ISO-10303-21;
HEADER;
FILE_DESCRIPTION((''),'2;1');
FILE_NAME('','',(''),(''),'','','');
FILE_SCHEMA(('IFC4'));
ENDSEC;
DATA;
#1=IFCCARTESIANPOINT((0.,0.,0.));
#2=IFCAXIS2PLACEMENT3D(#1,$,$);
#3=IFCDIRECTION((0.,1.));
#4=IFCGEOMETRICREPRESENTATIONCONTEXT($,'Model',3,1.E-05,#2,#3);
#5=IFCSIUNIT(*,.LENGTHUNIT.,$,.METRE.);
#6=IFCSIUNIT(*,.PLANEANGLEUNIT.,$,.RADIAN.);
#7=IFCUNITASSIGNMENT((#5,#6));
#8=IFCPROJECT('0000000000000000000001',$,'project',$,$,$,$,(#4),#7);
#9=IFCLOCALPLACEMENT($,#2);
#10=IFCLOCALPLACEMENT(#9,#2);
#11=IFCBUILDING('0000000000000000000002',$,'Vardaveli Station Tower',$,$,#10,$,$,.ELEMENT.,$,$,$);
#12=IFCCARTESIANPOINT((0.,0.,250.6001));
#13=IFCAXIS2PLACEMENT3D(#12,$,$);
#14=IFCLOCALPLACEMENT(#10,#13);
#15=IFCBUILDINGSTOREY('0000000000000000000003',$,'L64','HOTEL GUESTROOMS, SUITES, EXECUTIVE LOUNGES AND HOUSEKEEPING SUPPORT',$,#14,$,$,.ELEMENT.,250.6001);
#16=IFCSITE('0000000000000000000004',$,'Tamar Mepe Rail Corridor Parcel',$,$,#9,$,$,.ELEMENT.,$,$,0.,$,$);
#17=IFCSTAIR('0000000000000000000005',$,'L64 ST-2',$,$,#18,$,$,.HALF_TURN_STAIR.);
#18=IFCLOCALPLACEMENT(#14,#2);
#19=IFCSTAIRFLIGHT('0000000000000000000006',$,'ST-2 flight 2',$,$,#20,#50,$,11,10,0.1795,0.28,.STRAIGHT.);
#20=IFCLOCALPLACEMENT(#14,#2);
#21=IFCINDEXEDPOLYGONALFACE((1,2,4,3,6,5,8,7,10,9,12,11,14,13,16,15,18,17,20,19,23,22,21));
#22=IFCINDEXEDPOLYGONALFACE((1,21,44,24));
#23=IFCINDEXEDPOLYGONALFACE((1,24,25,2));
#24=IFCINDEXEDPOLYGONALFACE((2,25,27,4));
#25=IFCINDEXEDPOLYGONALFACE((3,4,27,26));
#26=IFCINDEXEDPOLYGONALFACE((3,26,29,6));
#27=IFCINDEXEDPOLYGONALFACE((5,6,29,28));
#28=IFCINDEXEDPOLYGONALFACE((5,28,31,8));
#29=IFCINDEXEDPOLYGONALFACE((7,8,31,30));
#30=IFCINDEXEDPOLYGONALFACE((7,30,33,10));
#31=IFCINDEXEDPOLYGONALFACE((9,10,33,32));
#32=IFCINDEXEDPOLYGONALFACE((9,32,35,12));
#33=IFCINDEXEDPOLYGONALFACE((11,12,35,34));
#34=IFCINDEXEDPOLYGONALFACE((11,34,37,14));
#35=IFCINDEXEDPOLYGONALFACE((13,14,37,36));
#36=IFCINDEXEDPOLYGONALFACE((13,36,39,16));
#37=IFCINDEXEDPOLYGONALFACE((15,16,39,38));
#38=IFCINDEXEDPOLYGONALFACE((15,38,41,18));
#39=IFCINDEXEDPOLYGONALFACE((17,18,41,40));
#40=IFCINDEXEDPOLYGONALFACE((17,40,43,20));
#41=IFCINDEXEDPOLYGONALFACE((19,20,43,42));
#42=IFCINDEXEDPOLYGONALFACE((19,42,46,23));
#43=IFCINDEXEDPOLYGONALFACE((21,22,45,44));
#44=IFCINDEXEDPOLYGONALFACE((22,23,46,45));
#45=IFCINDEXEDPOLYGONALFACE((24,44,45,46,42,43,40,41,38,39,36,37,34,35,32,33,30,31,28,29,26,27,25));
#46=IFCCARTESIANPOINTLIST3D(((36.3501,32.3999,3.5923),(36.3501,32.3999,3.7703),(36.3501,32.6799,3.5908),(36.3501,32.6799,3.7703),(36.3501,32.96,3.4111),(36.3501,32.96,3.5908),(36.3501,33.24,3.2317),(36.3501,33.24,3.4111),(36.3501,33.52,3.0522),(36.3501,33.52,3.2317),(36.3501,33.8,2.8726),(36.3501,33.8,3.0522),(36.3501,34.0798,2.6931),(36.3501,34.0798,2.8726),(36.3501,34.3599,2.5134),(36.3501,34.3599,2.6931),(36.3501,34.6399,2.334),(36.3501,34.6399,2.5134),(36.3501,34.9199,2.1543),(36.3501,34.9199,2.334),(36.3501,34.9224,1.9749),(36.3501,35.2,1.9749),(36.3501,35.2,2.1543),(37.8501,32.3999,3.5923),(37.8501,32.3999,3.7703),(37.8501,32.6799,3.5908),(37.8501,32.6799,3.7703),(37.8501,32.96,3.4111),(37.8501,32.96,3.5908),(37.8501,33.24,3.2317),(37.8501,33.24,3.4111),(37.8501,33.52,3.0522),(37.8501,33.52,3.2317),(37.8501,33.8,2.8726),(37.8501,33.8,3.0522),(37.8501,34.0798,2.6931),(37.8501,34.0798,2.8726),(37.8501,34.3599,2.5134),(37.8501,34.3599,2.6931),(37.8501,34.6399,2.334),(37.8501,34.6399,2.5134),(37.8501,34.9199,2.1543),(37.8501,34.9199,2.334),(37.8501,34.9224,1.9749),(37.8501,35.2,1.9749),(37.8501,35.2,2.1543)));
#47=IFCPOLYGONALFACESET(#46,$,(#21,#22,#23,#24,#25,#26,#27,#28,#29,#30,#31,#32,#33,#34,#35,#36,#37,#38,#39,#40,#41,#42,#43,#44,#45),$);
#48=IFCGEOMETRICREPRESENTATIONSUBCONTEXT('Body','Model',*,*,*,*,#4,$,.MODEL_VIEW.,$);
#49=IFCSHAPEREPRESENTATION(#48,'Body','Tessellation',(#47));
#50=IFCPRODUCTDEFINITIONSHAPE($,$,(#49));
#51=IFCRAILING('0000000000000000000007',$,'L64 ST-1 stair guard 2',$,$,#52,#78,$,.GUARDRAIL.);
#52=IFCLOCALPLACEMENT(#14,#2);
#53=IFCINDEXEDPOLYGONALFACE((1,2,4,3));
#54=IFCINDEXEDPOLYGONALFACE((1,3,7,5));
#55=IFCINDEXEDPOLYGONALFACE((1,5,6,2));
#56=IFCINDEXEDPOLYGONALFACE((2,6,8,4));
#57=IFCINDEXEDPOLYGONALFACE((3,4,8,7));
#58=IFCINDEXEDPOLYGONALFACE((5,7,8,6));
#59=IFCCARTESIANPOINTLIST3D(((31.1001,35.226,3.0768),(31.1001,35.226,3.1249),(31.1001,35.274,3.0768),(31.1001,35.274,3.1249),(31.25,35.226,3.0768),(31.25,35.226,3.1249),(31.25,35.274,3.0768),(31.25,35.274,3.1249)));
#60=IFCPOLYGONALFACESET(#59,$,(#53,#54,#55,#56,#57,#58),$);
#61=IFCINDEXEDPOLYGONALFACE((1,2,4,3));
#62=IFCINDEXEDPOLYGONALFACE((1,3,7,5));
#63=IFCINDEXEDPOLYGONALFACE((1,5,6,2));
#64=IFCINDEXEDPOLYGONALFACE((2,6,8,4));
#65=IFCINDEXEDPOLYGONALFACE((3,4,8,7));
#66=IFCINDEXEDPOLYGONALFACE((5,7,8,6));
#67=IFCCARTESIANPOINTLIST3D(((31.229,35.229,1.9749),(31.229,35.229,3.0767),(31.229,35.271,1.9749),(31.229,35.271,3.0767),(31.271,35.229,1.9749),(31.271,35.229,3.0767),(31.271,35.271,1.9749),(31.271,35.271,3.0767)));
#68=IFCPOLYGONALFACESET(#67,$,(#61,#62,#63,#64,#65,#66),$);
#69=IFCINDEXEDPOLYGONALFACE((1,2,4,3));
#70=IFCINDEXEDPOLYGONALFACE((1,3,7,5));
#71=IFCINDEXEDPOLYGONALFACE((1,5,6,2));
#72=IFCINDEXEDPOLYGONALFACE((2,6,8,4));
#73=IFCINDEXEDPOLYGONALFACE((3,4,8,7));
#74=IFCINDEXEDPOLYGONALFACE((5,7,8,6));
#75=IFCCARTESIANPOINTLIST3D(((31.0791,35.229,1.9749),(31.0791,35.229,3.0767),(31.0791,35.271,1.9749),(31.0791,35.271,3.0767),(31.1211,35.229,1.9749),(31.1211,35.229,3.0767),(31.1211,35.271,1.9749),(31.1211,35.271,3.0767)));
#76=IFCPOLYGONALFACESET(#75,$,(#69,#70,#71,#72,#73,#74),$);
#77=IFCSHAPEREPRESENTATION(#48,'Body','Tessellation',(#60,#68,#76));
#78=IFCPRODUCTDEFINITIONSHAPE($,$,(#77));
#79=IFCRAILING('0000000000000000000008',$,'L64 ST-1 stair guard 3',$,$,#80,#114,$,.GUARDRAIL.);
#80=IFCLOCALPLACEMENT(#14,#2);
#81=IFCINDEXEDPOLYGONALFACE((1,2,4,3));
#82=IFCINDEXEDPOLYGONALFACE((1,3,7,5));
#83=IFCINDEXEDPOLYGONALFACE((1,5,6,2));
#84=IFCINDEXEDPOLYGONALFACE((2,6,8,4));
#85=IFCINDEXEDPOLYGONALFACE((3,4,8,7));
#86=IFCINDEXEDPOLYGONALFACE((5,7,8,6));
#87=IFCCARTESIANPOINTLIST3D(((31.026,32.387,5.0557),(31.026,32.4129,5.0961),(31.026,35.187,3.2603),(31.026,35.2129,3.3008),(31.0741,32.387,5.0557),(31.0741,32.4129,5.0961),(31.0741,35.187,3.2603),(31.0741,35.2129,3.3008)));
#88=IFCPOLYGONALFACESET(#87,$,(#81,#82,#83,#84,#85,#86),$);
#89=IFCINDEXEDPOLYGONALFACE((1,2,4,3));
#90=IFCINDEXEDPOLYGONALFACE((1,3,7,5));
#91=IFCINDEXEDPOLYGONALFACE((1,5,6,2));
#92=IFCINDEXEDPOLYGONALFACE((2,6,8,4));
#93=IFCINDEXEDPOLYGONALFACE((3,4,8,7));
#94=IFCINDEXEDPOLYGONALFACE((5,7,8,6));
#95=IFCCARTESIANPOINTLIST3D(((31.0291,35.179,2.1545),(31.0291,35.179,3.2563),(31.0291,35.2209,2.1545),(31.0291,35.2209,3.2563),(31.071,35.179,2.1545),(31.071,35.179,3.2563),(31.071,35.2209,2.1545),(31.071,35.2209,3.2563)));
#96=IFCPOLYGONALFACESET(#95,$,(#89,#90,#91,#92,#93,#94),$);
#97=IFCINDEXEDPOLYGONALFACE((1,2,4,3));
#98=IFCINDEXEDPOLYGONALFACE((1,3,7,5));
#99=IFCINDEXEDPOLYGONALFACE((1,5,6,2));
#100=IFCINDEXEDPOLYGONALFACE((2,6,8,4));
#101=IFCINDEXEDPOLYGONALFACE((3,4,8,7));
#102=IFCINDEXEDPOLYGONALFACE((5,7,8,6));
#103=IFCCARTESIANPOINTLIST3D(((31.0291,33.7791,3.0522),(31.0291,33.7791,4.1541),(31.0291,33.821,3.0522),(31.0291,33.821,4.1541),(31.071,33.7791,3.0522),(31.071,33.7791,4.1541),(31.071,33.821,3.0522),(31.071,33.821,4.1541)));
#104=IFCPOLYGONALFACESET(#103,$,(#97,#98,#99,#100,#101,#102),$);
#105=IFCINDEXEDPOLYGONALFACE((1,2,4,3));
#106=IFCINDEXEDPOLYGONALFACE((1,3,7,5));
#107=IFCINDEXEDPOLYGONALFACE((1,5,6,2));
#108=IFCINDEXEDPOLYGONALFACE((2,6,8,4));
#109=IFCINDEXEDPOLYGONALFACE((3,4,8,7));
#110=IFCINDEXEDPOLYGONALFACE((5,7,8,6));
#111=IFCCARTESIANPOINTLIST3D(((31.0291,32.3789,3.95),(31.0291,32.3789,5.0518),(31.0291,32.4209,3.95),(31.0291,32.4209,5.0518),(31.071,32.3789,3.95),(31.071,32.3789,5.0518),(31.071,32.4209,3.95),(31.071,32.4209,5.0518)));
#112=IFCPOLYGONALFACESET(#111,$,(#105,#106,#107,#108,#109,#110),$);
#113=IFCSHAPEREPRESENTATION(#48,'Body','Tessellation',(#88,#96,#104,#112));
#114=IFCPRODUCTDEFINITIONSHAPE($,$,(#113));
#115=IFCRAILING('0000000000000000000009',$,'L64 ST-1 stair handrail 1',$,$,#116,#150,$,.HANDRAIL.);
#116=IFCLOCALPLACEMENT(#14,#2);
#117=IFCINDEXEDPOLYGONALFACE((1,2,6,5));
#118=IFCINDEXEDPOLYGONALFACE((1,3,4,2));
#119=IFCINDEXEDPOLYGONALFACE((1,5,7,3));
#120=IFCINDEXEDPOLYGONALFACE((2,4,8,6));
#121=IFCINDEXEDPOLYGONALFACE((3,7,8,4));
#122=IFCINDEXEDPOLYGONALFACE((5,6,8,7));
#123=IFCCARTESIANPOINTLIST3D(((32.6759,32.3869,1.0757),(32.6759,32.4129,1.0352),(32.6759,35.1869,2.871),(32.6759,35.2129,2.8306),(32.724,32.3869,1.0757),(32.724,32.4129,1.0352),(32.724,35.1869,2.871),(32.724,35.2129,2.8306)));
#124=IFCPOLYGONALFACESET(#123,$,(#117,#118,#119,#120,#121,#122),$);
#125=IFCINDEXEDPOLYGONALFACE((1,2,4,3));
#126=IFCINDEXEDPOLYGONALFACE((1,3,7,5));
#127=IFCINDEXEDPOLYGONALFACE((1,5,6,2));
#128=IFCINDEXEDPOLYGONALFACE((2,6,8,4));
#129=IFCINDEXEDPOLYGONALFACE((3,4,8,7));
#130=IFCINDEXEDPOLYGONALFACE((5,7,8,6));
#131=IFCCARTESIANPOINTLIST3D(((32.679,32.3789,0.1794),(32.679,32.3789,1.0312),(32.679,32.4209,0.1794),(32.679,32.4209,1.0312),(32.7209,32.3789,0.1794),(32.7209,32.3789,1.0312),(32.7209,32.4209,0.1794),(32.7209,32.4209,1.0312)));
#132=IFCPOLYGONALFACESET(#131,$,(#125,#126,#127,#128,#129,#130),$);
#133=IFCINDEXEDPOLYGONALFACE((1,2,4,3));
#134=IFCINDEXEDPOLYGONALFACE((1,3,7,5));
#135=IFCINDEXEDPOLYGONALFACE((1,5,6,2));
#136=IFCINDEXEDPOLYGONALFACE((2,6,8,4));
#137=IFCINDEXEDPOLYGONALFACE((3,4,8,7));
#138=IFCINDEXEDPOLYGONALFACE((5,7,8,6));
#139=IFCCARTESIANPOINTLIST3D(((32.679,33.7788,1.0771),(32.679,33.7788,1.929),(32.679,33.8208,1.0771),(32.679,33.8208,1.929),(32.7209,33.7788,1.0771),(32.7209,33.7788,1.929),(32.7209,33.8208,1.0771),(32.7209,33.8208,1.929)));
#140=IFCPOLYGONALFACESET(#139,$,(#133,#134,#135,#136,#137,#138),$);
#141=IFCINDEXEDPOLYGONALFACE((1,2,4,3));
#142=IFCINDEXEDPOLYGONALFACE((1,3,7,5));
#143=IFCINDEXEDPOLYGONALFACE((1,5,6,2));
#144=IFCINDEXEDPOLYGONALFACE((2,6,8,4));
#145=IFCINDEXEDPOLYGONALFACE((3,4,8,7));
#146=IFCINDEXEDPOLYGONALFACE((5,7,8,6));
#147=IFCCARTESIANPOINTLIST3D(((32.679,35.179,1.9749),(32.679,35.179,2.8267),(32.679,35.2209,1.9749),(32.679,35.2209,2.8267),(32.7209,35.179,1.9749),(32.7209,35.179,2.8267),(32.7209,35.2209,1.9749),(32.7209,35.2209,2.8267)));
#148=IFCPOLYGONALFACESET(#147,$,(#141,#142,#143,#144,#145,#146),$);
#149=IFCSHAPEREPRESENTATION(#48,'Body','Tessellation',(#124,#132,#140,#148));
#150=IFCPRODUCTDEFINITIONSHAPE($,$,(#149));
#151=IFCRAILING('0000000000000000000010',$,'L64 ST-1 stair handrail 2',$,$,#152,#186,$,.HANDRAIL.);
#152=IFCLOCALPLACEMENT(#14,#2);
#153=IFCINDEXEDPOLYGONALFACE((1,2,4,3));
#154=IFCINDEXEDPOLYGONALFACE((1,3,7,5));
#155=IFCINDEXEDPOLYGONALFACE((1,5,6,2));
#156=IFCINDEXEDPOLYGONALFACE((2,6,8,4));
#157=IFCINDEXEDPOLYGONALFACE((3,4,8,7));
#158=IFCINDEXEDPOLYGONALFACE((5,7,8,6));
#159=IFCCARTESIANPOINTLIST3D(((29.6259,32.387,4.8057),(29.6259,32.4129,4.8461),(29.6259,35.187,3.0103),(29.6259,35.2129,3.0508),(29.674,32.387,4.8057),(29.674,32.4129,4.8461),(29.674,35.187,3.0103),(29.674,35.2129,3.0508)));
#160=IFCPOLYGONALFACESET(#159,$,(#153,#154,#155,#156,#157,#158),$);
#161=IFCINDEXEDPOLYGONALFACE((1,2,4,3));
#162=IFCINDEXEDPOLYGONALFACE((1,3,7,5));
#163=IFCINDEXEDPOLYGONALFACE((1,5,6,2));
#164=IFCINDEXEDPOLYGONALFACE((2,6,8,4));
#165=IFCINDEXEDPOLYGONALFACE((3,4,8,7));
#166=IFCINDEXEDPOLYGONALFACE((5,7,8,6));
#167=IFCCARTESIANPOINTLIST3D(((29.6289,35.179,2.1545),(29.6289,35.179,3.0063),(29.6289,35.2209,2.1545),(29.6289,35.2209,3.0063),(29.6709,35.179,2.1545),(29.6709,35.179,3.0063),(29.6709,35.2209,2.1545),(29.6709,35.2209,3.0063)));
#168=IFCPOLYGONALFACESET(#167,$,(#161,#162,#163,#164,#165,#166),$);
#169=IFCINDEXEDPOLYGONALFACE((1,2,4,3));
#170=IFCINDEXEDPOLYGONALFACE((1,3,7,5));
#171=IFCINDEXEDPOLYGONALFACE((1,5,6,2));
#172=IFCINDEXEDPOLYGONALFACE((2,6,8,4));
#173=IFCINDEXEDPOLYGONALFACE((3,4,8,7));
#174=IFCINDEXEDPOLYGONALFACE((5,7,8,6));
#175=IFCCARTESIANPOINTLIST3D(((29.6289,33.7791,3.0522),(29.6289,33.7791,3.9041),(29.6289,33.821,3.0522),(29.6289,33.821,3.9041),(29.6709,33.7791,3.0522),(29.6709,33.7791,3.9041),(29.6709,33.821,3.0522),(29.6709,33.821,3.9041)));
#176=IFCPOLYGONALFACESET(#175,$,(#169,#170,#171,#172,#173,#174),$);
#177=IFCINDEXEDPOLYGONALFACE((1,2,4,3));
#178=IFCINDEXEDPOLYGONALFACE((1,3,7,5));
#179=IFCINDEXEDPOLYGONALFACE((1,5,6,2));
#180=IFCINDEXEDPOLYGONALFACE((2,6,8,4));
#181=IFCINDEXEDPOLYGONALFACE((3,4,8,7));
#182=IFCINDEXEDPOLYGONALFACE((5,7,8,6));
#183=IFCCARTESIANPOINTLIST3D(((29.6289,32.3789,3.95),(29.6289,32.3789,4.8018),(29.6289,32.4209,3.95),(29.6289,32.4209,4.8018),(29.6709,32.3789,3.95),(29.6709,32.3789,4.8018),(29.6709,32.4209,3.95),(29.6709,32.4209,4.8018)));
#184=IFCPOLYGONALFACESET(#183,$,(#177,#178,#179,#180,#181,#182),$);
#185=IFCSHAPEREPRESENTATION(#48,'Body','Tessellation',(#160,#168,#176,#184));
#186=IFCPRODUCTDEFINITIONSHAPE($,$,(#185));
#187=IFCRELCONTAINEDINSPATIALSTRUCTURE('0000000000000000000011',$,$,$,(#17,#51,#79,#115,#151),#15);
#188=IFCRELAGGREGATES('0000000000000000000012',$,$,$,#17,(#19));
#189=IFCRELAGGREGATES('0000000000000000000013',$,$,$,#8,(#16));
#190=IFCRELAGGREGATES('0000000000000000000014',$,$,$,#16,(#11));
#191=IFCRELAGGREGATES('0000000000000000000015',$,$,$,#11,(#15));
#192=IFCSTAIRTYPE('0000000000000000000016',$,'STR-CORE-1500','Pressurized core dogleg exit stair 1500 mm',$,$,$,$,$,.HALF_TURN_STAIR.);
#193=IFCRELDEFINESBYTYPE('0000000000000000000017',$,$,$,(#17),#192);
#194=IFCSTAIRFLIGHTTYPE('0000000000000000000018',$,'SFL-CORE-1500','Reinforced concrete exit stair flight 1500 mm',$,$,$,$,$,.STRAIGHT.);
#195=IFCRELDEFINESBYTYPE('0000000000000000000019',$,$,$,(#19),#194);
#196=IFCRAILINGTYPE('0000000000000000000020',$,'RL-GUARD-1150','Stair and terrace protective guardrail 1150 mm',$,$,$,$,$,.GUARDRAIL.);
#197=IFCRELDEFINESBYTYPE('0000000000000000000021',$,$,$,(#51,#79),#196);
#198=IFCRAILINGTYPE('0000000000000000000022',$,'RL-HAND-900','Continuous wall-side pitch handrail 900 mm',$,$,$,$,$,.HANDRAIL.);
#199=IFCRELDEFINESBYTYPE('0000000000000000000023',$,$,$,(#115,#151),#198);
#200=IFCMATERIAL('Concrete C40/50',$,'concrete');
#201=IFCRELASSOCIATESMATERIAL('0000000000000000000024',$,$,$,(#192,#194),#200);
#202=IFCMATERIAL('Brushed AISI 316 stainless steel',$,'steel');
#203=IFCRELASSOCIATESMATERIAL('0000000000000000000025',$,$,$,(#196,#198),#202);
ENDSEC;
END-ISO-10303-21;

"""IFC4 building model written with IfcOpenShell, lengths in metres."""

from ifc_helpers import new_model, si_unit, direction, frame, origin, origin_2d, place, context, subcontext, project, spatial, polyline, rectangle, outline, extrude, source, transform, mapped, material, type_object, element, aggregate, save


model = new_model("IFC4")

# Units and contexts
model_context = context("Model", 3, precision=1e-05, world=origin(), true_north=direction((0.0, 1.0)))
body_context = subcontext(model_context, "Body", "Model", "MODEL_VIEW")
ifc_project = project(units=[si_unit("LENGTHUNIT", "METRE"), si_unit("PLANEANGLEUNIT", "RADIAN")], contexts=[model_context])

# Site, building, storey
site_placement = place(None, origin())
site = spatial("IfcSite", under=ifc_project, at=site_placement, Name="Tamar Mepe Rail Corridor Parcel", CompositionType="ELEMENT", RefElevation=0.0)
building_placement = place(site_placement, origin())
building = spatial("IfcBuilding", under=site, at=building_placement, Name="Vardaveli Station Tower", CompositionType="ELEMENT")
storey_placement = place(building_placement, frame((0.0, 0.0, 250.6001)))
storey = spatial("IfcBuildingStorey", under=building, at=storey_placement, Name="L64", Description="HOTEL GUESTROOMS, SUITES, EXECUTIVE LOUNGES AND HOUSEKEEPING SUPPORT", CompositionType="ELEMENT", Elevation=250.6001)

# Shared definitions
ifc_material_1 = material(Name="Concrete C40/50", Category="concrete")

# Shared definitions
stair_type = type_object("IfcStairType", Name="STR-CORE-1500", Description="Pressurized core dogleg exit stair 1500 mm", PredefinedType="HALF_TURN_STAIR", material=ifc_material_1)
stair_flight_type = type_object("IfcStairFlightType", Name="SFL-CORE-1500", Description="Reinforced concrete exit stair flight 1500 mm", PredefinedType="STRAIGHT", material=ifc_material_1)
shared_shape_1 = source(origin(), body_context, "Body", "SweptSolid", [
    extrude(outline(polyline([(0.0, 0.0), (0.0, 0.1794), (0.28, 0.1794), (0.28, 0.3591), (0.5601, 0.3591), (0.5601, 0.5386), (0.8401, 0.5386), (0.8401, 0.7183), (1.1201, 0.7183), (1.1201, 0.8977), (1.3999, 0.8977), (1.3999, 1.0774), (1.6799, 1.0774), (1.6799, 1.2568), (1.96, 1.2568), (1.96, 1.4363), (2.24, 1.4363), (2.24, 1.616), (2.52, 1.616), (2.52, 1.7954), (2.8, 1.7954), (2.8, 1.9751), (2.8, 1.6174), (0.2776, 0.0), (0.0, 0.0)])), frame((0.0, 0.75, 0.0), z_axis=(0.0, -1.0, 0.0), x_axis=(1.0, 0.0, 0.0)), (0.0, 0.0, 1.0), 1.5),
])

# Stair, stair flight
stair_1_placement = place(storey_placement, origin())
stair_1 = element("IfcStair", 1, at=stair_1_placement, inside=storey, type_object=stair_type, Name="L64 ST-2", PredefinedType="HALF_TURN_STAIR")
stair_flight_1_placement = place(storey_placement, frame((37.1001, 35.2, 1.9749), z_axis=(0.0, 0.0, 1.0), x_axis=(0.0, -1.0, 0.0)))
stair_flight_1 = element("IfcStairFlight", 2, at=stair_flight_1_placement, type_object=stair_flight_type, Name="ST-2 flight 2", NumberOfRisers=11, NumberOfTreads=10, PredefinedType="STRAIGHT", RiserHeight=0.1795, TreadLength=0.28, context=body_context, shape_type="MappedRepresentation", body=[
    mapped(shared_shape_1, transform((0.0, 0.0, 0.0), scale=1.0)),
])
aggregate(stair_1, [stair_flight_1])

# Railings
ifc_material_2 = material(Name="Brushed AISI 316 stainless steel", Category="steel")
railing_type_1 = type_object("IfcRailingType", Name="RL-GUARD-1150", Description="Stair and terrace protective guardrail 1150 mm", PredefinedType="GUARDRAIL", material=ifc_material_2)
shared_shape_2 = source(origin(), body_context, "Body", "SweptSolid", [
    extrude(rectangle(XDim=0.0481, YDim=0.0481, at=origin_2d()), frame((0.0, 0.0, 1.126), z_axis=(-1.0, 0.0, 0.0), x_axis=(0.0, -1.0, 0.0)), (0.0, 0.0, 1.0), 0.1499),
    extrude(rectangle(XDim=0.042, YDim=0.042, at=origin_2d()), origin(), (0.0, 0.0, 1.0), 1.1018),
    extrude(rectangle(XDim=0.042, YDim=0.042, at=origin_2d()), frame((-0.1499, 0.0, 0.0)), (0.0, 0.0, 1.0), 1.1018),
])
railing_1_placement = place(storey_placement, frame((31.25, 35.25, 1.9749)))
element("IfcRailing", 3, at=railing_1_placement, inside=storey, type_object=railing_type_1, Name="L64 ST-1 stair guard 2", PredefinedType="GUARDRAIL", context=body_context, shape_type="MappedRepresentation", body=[
    mapped(shared_shape_2, transform((0.0, 0.0, 0.0), scale=1.0)),
])
shared_shape_3 = source(origin(), body_context, "Body", "SweptSolid", [
    extrude(rectangle(XDim=0.0481, YDim=0.0481, at=origin_2d()), frame((0.0, 0.0, 1.126), z_axis=(0.0, -0.84181, 0.539774), x_axis=(1.0, 0.0, 0.0)), (0.0, 0.0, 1.0), 3.3262),
    extrude(rectangle(XDim=0.042, YDim=0.042, at=origin_2d()), origin(), (0.0, 0.0, 1.0), 1.1018),
    extrude(rectangle(XDim=0.042, YDim=0.042, at=origin_2d()), frame((0.0, -1.3999, 0.8977)), (0.0, 0.0, 1.0), 1.1018),
    extrude(rectangle(XDim=0.042, YDim=0.042, at=origin_2d()), frame((0.0, -2.8, 1.7954)), (0.0, 0.0, 1.0), 1.1018),
])
railing_2_placement = place(storey_placement, frame((31.05, 35.2, 2.1545)))
element("IfcRailing", 4, at=railing_2_placement, inside=storey, type_object=railing_type_1, Name="L64 ST-1 stair guard 3", PredefinedType="GUARDRAIL", context=body_context, shape_type="MappedRepresentation", body=[
    mapped(shared_shape_3, transform((0.0, 0.0, 0.0), scale=1.0)),
])
railing_type_2 = type_object("IfcRailingType", Name="RL-HAND-900", Description="Continuous wall-side pitch handrail 900 mm", PredefinedType="HANDRAIL", material=ifc_material_2)
shared_shape_4 = source(origin(), body_context, "Body", "SweptSolid", [
    extrude(rectangle(XDim=0.0481, YDim=0.0481, at=origin_2d()), frame((0.0, 0.0, 0.876), z_axis=(0.0, 0.84181, 0.539774), x_axis=(-1.0, 0.0, 0.0)), (0.0, 0.0, 1.0), 3.3262),
    extrude(rectangle(XDim=0.042, YDim=0.042, at=origin_2d()), origin(), (0.0, 0.0, 1.0), 0.8518),
    extrude(rectangle(XDim=0.042, YDim=0.042, at=origin_2d()), frame((0.0, 1.3999, 0.8977)), (0.0, 0.0, 1.0), 0.8518),
    extrude(rectangle(XDim=0.042, YDim=0.042, at=origin_2d()), frame((0.0, 2.8, 1.7954)), (0.0, 0.0, 1.0), 0.8518),
])
railing_3_placement = place(storey_placement, frame((32.7, 32.3999, 0.1794)))
element("IfcRailing", 5, at=railing_3_placement, inside=storey, type_object=railing_type_2, Name="L64 ST-1 stair handrail 1", PredefinedType="HANDRAIL", context=body_context, shape_type="MappedRepresentation", body=[
    mapped(shared_shape_4, transform((0.0, 0.0, 0.0), scale=1.0)),
])
shared_shape_5 = source(origin(), body_context, "Body", "SweptSolid", [
    extrude(rectangle(XDim=0.0481, YDim=0.0481, at=origin_2d()), frame((0.0, 0.0, 0.876), z_axis=(0.0, -0.84181, 0.539774), x_axis=(1.0, 0.0, 0.0)), (0.0, 0.0, 1.0), 3.3262),
    extrude(rectangle(XDim=0.042, YDim=0.042, at=origin_2d()), origin(), (0.0, 0.0, 1.0), 0.8518),
    extrude(rectangle(XDim=0.042, YDim=0.042, at=origin_2d()), frame((0.0, -1.3999, 0.8977)), (0.0, 0.0, 1.0), 0.8518),
    extrude(rectangle(XDim=0.042, YDim=0.042, at=origin_2d()), frame((0.0, -2.8, 1.7954)), (0.0, 0.0, 1.0), 0.8518),
])
for number, where, name in (
    (6, (29.6499, 35.2, 2.1545), "L64 ST-1 stair handrail 2"),
):
    element("IfcRailing", number, at=place(storey_placement, frame(where)), inside=storey, type_object=railing_type_2, Name=name, PredefinedType="HANDRAIL", context=body_context, shape_type="MappedRepresentation", body=[
        mapped(shared_shape_5, transform((0.0, 0.0, 0.0), scale=1.0)),
    ])

save(model, "model.ifc")
